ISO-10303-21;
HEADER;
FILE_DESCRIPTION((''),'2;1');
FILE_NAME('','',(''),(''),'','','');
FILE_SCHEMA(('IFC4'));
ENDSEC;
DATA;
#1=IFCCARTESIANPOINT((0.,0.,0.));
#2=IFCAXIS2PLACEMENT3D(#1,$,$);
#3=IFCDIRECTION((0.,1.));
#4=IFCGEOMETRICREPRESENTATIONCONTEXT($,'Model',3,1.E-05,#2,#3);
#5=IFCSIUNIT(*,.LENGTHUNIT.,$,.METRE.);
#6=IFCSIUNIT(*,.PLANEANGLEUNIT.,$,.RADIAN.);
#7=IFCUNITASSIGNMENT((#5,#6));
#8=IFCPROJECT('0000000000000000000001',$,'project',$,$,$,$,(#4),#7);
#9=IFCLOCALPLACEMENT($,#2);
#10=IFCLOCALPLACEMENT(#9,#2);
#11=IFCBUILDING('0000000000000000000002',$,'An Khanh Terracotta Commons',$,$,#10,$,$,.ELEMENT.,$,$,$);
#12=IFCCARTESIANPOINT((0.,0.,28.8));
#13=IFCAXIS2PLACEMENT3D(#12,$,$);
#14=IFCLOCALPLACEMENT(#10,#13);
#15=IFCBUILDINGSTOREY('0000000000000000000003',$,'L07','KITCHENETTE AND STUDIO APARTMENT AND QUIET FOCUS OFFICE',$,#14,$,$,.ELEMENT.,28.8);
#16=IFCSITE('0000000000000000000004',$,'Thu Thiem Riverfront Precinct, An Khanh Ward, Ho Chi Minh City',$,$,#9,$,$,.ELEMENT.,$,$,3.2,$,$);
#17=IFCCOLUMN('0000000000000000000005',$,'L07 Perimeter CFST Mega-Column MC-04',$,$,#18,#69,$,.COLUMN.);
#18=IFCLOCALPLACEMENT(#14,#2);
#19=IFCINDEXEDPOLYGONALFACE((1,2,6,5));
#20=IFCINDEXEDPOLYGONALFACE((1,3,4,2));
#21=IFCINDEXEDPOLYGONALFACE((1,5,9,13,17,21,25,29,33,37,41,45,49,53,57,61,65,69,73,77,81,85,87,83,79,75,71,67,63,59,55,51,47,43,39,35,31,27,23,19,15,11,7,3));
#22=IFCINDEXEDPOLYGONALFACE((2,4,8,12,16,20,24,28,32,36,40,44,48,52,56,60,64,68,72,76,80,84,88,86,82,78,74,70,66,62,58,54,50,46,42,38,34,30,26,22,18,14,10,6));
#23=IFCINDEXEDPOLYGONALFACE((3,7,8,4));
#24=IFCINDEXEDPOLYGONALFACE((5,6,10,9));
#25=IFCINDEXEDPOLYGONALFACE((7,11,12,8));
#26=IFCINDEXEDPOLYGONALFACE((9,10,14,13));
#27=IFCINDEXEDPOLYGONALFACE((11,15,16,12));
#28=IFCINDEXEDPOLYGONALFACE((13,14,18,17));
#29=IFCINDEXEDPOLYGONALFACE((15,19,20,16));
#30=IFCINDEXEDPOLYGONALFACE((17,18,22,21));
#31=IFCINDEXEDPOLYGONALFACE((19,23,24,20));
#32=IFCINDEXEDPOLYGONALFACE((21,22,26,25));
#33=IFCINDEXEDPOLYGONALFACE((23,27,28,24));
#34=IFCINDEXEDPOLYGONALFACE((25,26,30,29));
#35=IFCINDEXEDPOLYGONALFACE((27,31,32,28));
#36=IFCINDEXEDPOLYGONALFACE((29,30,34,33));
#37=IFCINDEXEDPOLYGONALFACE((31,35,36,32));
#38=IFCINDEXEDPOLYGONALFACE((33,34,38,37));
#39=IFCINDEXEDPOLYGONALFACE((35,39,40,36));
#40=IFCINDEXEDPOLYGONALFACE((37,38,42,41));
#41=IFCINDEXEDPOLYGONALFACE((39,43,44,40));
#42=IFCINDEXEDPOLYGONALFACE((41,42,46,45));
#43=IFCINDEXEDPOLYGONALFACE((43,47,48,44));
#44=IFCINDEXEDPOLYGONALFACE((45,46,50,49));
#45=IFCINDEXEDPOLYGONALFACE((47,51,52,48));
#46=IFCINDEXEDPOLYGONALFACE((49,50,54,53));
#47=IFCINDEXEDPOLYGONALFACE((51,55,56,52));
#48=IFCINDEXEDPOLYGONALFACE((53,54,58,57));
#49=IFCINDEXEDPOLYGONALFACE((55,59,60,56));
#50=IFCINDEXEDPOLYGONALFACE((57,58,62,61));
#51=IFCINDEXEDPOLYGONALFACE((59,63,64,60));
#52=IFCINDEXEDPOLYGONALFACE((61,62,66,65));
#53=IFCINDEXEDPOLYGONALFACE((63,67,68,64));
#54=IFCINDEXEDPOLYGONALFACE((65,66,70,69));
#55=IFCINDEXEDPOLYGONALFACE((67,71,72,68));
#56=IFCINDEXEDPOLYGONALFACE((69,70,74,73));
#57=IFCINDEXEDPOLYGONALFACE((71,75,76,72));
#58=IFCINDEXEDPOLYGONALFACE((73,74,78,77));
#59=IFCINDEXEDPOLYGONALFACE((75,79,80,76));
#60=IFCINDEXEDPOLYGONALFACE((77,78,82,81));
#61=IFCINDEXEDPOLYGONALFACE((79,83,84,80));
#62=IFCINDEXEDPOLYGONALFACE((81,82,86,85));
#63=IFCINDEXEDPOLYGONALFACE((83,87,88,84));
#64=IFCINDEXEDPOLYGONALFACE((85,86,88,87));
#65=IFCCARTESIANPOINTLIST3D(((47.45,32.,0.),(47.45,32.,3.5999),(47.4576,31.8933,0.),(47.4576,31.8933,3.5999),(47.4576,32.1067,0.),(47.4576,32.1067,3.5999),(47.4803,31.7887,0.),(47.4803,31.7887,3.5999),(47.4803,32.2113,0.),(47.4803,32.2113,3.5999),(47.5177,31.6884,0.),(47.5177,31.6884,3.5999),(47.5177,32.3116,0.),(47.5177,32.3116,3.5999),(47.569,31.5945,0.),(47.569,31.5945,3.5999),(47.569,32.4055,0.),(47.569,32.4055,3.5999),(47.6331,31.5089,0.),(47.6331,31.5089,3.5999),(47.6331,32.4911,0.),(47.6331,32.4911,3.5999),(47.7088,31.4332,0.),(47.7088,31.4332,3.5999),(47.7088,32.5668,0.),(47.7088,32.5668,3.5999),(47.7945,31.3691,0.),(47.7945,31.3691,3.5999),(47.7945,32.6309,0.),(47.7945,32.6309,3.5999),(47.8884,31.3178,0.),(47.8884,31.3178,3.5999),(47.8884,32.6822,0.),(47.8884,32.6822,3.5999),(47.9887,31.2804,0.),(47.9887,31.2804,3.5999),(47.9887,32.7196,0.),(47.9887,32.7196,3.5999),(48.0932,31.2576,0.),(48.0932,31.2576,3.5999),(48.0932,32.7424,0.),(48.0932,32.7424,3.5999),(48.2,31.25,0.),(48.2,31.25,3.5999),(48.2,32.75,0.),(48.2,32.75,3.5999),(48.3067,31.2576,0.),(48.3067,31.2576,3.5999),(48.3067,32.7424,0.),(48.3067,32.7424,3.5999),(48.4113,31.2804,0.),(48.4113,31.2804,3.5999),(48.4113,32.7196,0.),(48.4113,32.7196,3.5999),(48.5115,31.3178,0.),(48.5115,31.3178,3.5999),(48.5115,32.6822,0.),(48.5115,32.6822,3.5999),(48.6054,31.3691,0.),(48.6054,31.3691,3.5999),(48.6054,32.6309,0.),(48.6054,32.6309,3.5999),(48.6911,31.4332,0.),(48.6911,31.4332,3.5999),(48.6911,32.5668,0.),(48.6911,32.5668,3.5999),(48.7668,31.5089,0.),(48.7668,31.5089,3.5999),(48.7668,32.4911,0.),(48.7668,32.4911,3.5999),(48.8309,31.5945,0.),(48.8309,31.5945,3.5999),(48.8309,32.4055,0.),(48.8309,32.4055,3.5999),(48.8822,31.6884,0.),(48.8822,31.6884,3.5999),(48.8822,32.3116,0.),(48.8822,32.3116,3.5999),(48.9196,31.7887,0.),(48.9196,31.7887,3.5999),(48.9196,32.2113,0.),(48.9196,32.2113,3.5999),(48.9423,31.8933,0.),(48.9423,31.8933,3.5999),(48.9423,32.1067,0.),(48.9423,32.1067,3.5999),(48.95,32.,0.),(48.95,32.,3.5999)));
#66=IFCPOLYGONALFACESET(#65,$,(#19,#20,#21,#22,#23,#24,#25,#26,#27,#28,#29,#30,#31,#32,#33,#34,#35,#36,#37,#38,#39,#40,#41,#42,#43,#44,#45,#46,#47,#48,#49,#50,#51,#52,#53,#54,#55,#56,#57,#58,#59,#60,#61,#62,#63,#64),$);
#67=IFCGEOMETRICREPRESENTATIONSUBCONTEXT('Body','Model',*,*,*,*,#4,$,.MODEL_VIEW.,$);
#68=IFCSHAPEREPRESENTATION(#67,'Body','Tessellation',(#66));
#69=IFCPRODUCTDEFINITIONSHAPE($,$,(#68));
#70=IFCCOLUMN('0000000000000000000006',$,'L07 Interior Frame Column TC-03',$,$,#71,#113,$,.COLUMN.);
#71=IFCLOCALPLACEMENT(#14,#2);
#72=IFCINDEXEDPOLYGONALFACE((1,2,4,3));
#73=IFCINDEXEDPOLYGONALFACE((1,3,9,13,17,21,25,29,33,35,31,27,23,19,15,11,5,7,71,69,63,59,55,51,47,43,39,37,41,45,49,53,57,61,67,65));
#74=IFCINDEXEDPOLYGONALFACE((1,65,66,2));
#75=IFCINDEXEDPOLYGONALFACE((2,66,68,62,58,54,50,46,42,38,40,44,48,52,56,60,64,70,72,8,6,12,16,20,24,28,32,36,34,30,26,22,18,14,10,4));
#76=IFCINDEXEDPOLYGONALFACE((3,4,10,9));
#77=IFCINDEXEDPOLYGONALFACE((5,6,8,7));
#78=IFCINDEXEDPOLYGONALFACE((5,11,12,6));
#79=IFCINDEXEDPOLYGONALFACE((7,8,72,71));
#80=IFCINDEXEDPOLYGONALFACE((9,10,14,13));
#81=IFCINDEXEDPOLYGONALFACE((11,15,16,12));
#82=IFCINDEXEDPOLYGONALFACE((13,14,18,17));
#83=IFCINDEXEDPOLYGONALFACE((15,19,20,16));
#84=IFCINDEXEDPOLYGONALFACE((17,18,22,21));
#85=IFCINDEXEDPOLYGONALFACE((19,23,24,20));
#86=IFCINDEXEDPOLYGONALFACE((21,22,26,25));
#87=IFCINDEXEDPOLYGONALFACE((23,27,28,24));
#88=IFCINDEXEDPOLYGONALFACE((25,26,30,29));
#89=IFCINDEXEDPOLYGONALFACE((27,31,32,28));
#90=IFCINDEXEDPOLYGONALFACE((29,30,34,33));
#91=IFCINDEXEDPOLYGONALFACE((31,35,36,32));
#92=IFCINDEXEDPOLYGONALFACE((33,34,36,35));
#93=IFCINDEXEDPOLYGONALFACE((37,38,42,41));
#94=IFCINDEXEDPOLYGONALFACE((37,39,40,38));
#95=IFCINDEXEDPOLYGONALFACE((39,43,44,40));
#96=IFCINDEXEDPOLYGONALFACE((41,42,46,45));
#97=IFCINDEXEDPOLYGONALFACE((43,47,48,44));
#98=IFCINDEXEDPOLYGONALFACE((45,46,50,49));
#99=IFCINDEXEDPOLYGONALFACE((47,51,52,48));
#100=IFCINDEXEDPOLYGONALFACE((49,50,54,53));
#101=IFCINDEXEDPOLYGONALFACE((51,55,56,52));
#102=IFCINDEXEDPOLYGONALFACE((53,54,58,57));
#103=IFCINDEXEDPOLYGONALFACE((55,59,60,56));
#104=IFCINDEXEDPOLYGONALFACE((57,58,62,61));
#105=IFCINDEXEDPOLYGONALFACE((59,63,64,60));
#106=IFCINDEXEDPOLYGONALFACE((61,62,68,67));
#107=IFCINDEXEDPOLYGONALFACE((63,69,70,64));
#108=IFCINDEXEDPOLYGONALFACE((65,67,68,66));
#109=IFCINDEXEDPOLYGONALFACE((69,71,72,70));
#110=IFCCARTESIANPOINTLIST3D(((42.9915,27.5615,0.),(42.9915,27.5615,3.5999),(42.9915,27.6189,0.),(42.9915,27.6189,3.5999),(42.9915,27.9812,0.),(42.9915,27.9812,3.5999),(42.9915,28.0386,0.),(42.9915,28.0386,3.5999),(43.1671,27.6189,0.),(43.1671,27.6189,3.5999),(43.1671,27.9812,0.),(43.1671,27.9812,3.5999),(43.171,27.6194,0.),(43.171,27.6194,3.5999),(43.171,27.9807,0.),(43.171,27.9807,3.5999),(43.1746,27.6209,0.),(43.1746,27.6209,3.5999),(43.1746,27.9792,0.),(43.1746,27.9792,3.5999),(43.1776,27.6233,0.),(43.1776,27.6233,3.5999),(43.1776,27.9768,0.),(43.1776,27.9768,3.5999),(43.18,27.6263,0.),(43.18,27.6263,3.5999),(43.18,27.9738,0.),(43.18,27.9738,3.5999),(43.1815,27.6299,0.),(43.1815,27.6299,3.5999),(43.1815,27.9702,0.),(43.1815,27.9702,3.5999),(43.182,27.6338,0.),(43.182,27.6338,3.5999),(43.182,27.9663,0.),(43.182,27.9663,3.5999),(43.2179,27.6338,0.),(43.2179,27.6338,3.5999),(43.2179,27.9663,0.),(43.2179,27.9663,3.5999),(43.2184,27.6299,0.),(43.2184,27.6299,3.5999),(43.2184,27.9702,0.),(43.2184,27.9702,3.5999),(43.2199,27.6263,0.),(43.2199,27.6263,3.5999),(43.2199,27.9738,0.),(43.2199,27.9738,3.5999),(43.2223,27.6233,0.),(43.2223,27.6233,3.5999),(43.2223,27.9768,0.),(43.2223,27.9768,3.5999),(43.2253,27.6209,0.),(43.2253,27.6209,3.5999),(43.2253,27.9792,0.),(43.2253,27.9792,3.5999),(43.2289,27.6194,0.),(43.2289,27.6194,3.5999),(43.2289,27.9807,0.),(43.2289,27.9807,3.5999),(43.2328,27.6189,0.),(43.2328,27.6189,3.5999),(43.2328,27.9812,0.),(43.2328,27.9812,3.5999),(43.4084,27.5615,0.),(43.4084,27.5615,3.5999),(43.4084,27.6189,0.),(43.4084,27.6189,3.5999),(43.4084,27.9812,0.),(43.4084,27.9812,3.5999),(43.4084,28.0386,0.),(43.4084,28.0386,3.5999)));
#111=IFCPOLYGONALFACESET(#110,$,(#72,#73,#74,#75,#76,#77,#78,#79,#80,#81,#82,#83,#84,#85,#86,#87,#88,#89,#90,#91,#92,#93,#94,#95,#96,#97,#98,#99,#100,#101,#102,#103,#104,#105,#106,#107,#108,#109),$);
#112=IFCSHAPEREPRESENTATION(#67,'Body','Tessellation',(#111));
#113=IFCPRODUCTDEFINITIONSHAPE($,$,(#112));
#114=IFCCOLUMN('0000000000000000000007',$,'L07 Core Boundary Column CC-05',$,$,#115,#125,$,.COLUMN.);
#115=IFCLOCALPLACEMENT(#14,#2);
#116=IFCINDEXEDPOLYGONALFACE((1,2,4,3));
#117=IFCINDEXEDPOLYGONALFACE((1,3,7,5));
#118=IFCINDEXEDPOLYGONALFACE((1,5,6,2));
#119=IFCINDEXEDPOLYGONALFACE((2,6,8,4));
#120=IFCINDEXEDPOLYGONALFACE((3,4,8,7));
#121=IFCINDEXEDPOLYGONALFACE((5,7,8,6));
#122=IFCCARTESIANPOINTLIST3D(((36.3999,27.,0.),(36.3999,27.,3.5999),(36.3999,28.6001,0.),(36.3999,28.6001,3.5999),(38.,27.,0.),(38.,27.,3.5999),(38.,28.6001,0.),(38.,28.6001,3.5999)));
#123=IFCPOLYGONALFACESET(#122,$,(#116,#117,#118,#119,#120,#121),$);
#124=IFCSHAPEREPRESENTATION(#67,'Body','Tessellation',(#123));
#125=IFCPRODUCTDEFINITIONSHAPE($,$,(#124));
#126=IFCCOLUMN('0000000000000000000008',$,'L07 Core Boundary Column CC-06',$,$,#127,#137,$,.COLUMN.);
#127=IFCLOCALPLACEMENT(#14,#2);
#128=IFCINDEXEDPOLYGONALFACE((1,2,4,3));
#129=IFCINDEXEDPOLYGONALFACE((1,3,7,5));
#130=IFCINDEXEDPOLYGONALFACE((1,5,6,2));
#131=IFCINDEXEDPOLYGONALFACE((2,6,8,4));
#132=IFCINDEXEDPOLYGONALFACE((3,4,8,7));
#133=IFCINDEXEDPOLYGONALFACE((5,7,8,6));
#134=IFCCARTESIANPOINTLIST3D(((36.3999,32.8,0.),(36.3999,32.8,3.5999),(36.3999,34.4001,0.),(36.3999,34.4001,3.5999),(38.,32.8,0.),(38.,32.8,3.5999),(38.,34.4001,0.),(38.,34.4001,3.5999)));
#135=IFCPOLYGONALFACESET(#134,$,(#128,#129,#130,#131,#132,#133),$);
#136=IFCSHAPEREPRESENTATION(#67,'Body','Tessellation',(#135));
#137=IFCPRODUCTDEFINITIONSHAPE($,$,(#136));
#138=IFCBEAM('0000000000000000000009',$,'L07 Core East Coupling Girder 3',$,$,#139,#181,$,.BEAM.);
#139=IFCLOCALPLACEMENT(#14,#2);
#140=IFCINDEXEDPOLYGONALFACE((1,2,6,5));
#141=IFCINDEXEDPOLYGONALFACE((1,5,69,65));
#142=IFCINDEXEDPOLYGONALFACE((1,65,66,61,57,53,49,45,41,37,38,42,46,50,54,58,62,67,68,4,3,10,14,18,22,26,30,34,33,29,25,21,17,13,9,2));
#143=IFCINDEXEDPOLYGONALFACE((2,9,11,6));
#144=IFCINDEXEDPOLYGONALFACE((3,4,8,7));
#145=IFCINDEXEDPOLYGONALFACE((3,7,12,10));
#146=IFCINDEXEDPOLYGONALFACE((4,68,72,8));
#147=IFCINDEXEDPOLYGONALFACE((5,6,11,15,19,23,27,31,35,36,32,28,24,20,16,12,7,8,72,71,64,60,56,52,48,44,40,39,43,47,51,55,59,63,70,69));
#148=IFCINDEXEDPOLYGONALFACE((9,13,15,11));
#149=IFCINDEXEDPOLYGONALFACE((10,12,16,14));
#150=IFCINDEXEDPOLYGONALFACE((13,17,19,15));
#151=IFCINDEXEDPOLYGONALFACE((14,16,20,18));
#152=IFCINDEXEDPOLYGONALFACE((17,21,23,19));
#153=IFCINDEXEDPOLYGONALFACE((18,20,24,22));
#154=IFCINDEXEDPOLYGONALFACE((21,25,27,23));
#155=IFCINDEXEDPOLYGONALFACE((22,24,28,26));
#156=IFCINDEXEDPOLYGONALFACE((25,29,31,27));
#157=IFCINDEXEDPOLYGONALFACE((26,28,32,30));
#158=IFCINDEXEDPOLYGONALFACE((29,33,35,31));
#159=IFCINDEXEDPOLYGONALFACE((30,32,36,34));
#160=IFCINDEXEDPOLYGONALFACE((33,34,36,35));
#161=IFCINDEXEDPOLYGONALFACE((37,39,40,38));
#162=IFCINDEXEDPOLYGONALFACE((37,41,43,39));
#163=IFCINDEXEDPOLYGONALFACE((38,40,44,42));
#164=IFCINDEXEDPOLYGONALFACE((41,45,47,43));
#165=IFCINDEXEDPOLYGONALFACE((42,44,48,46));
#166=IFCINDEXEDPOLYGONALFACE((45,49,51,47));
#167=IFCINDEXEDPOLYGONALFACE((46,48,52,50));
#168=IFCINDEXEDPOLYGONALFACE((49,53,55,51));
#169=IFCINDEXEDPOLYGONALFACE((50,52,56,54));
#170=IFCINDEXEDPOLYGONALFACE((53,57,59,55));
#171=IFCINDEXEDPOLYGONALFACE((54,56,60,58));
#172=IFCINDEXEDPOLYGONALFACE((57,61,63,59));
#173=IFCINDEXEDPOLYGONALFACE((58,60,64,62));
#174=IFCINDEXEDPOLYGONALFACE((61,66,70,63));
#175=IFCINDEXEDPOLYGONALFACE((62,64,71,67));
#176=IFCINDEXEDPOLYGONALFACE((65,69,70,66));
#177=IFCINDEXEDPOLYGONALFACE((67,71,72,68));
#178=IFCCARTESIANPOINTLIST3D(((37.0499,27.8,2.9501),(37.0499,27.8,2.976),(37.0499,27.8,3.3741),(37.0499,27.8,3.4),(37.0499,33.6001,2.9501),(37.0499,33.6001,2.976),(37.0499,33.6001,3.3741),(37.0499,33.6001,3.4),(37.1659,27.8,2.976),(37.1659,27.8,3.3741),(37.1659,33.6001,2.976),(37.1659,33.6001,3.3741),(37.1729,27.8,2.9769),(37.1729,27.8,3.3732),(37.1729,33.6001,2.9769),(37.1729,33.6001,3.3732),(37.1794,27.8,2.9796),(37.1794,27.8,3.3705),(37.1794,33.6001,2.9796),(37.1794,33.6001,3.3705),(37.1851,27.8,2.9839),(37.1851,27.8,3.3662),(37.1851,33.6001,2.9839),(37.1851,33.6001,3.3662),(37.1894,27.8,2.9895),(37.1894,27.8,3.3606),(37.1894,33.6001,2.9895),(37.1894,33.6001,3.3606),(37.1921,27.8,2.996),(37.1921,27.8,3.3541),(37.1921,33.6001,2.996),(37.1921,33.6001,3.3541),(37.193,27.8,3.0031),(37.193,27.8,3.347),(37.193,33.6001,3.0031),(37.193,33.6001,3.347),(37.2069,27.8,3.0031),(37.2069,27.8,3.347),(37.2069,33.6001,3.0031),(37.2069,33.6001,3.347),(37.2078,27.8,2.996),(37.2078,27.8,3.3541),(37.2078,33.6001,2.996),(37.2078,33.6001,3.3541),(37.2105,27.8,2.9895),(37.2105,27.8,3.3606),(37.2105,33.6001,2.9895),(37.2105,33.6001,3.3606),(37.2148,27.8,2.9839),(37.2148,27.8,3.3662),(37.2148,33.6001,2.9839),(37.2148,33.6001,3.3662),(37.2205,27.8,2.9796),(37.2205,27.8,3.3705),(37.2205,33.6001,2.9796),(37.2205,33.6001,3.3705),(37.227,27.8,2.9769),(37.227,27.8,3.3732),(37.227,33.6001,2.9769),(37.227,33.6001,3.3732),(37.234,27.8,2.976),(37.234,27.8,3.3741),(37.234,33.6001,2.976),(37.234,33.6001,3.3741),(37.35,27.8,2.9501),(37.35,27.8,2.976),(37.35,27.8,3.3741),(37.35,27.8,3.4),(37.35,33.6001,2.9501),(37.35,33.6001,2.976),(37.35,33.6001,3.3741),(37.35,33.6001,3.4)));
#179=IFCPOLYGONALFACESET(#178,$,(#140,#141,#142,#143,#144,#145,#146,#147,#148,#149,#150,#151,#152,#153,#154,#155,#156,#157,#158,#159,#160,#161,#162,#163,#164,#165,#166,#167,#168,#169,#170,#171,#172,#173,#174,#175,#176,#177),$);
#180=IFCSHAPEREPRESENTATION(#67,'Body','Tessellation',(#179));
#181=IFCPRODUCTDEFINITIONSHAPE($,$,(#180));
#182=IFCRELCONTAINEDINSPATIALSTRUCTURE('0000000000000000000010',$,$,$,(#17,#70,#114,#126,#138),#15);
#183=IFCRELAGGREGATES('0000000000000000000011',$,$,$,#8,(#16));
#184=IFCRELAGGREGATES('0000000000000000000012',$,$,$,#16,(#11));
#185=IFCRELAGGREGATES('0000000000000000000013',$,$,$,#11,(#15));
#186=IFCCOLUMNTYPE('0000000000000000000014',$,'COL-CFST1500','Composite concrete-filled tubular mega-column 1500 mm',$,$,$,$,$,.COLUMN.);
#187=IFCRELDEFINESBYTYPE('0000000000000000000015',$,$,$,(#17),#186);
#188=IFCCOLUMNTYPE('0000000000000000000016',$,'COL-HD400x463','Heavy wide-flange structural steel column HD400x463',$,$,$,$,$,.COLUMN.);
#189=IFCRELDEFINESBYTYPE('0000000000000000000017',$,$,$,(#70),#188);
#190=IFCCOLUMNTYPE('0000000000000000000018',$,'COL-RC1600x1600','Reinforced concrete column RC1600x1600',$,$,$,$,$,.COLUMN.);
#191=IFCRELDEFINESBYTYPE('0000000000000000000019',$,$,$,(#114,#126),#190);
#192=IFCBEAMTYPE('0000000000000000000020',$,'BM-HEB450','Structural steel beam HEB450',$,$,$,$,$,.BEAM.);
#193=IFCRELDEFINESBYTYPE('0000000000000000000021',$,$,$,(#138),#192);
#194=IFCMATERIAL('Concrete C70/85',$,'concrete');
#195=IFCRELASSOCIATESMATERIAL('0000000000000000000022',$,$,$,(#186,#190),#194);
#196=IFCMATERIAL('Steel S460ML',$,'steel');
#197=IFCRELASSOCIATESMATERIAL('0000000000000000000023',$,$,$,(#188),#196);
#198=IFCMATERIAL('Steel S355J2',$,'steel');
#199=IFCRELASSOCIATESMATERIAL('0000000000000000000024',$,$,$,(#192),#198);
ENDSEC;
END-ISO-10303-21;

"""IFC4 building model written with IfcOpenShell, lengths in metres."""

from ifc_helpers import new_model, si_unit, direction, frame, origin, origin_2d, place, context, subcontext, project, spatial, rectangle, circle, i_section, extrude, material, material_profile, profile_set, type_object, element, save


model = new_model("IFC4")

# Units and contexts
model_context = context("Model", 3, precision=1e-05, world=origin(), true_north=direction((0.0, 1.0)))
body_context = subcontext(model_context, "Body", "Model", "MODEL_VIEW")
ifc_project = project(units=[si_unit("LENGTHUNIT", "METRE"), si_unit("PLANEANGLEUNIT", "RADIAN")], contexts=[model_context])

# Site, building, storey
site_placement = place(None, origin())
site = spatial("IfcSite", under=ifc_project, at=site_placement, Name="Thu Thiem Riverfront Precinct, An Khanh Ward, Ho Chi Minh City", CompositionType="ELEMENT", RefElevation=3.2)
building_placement = place(site_placement, origin())
building = spatial("IfcBuilding", under=site, at=building_placement, Name="An Khanh Terracotta Commons", CompositionType="ELEMENT")
storey_placement = place(building_placement, frame((0.0, 0.0, 28.8)))
storey = spatial("IfcBuildingStorey", under=building, at=storey_placement, Name="L07", Description="KITCHENETTE AND STUDIO APARTMENT AND QUIET FOCUS OFFICE", CompositionType="ELEMENT", Elevation=28.8)

# Columns
ifc_material_1 = material(Name="Concrete C70/85", Category="concrete")
ifc_material_profile_1 = material_profile(ifc_material_1, circle(Radius=0.75, at=origin_2d()), Name="CFST1500")
ifc_profile_set_1 = profile_set([ifc_material_profile_1], Name="Concrete C70/85")
column_type_1 = type_object("IfcColumnType", Name="COL-CFST1500", Description="Composite concrete-filled tubular mega-column 1500 mm", PredefinedType="COLUMN", material=ifc_profile_set_1)
column_1_placement = place(storey_placement, frame((48.2, 32.0, 0.0), z_axis=(0.0, 0.0, 1.0), x_axis=(1.0, 0.0, 0.0)))
element("IfcColumn", 1, at=column_1_placement, inside=storey, type_object=column_type_1, Name="L07 Perimeter CFST Mega-Column MC-04", PredefinedType="COLUMN", context=body_context, shape_type="SweptSolid", body=[
    extrude(circle(Radius=0.75, at=origin_2d()), origin(), (0.0, 0.0, 1.0), 3.5999),
])
ifc_material_2 = material(Name="Steel S460ML", Category="steel")
ifc_material_profile_2 = material_profile(ifc_material_2, i_section(OverallWidth=0.417, OverallDepth=0.4771, WebThickness=0.0359, FlangeThickness=0.0574, FilletRadius=0.0149, at=origin_2d()), Name="HD400x463")
ifc_profile_set_2 = profile_set([ifc_material_profile_2], Name="Steel S460ML")
column_type_2 = type_object("IfcColumnType", Name="COL-HD400x463", Description="Heavy wide-flange structural steel column HD400x463", PredefinedType="COLUMN", material=ifc_profile_set_2)
column_2_placement = place(storey_placement, frame((43.2, 27.8, 0.0), z_axis=(0.0, 0.0, 1.0), x_axis=(1.0, 0.0, 0.0)))
element("IfcColumn", 2, at=column_2_placement, inside=storey, type_object=column_type_2, Name="L07 Interior Frame Column TC-03", PredefinedType="COLUMN", context=body_context, shape_type="SweptSolid", body=[
    extrude(i_section(OverallWidth=0.417, OverallDepth=0.4771, WebThickness=0.0359, FlangeThickness=0.0574, FilletRadius=0.0149, at=origin_2d()), origin(), (0.0, 0.0, 1.0), 3.5999),
])
ifc_material_profile_3 = material_profile(ifc_material_1, rectangle(XDim=1.6001, YDim=1.6001, at=origin_2d()), Name="RC1600x1600")
ifc_profile_set_3 = profile_set([ifc_material_profile_3], Name="Concrete C70/85")
column_type_3 = type_object("IfcColumnType", Name="COL-RC1600x1600", Description="Reinforced concrete column RC1600x1600", PredefinedType="COLUMN", material=ifc_profile_set_3)
for number, where, z_axis, x_axis, name in (
    (3, (37.2, 27.8, 0.0), (0.0, 0.0, 1.0), (1.0, 0.0, 0.0), "L07 Core Boundary Column CC-05"),
    (4, (37.2, 33.6001, 0.0), (0.0, 0.0, 1.0), (1.0, 0.0, 0.0), "L07 Core Boundary Column CC-06"),
):
    element("IfcColumn", number, at=place(storey_placement, frame(where, z_axis=z_axis, x_axis=x_axis)), inside=storey, type_object=column_type_3, Name=name, PredefinedType="COLUMN", context=body_context, shape_type="SweptSolid", body=[
        extrude(rectangle(XDim=1.6001, YDim=1.6001, at=origin_2d()), origin(), (0.0, 0.0, 1.0), 3.5999),
    ])

# Beam
ifc_material_3 = material(Name="Steel S355J2", Category="steel")
ifc_material_profile_4 = material_profile(ifc_material_3, i_section(OverallWidth=0.3, OverallDepth=0.45, WebThickness=0.0139, FlangeThickness=0.0259, FilletRadius=0.0271, at=origin_2d()), Name="HEB450")
ifc_profile_set_4 = profile_set([ifc_material_profile_4], Name="Steel S355J2")
beam_type_1 = type_object("IfcBeamType", Name="BM-HEB450", Description="Structural steel beam HEB450", PredefinedType="BEAM", material=ifc_profile_set_4)
beam_1_placement = place(storey_placement, frame((37.2, 27.8, 3.175), z_axis=(0.0, 1.0, 0.0), x_axis=(-1.0, 0.0, 0.0)))
element("IfcBeam", 5, at=beam_1_placement, inside=storey, type_object=beam_type_1, Name="L07 Core East Coupling Girder 3", PredefinedType="BEAM", context=body_context, shape_type="SweptSolid", body=[
    extrude(i_section(OverallWidth=0.3, OverallDepth=0.45, WebThickness=0.0139, FlangeThickness=0.0259, FilletRadius=0.0271, at=origin_2d()), origin(), (0.0, 0.0, 1.0), 5.8),
])

save(model, "model.ifc")
